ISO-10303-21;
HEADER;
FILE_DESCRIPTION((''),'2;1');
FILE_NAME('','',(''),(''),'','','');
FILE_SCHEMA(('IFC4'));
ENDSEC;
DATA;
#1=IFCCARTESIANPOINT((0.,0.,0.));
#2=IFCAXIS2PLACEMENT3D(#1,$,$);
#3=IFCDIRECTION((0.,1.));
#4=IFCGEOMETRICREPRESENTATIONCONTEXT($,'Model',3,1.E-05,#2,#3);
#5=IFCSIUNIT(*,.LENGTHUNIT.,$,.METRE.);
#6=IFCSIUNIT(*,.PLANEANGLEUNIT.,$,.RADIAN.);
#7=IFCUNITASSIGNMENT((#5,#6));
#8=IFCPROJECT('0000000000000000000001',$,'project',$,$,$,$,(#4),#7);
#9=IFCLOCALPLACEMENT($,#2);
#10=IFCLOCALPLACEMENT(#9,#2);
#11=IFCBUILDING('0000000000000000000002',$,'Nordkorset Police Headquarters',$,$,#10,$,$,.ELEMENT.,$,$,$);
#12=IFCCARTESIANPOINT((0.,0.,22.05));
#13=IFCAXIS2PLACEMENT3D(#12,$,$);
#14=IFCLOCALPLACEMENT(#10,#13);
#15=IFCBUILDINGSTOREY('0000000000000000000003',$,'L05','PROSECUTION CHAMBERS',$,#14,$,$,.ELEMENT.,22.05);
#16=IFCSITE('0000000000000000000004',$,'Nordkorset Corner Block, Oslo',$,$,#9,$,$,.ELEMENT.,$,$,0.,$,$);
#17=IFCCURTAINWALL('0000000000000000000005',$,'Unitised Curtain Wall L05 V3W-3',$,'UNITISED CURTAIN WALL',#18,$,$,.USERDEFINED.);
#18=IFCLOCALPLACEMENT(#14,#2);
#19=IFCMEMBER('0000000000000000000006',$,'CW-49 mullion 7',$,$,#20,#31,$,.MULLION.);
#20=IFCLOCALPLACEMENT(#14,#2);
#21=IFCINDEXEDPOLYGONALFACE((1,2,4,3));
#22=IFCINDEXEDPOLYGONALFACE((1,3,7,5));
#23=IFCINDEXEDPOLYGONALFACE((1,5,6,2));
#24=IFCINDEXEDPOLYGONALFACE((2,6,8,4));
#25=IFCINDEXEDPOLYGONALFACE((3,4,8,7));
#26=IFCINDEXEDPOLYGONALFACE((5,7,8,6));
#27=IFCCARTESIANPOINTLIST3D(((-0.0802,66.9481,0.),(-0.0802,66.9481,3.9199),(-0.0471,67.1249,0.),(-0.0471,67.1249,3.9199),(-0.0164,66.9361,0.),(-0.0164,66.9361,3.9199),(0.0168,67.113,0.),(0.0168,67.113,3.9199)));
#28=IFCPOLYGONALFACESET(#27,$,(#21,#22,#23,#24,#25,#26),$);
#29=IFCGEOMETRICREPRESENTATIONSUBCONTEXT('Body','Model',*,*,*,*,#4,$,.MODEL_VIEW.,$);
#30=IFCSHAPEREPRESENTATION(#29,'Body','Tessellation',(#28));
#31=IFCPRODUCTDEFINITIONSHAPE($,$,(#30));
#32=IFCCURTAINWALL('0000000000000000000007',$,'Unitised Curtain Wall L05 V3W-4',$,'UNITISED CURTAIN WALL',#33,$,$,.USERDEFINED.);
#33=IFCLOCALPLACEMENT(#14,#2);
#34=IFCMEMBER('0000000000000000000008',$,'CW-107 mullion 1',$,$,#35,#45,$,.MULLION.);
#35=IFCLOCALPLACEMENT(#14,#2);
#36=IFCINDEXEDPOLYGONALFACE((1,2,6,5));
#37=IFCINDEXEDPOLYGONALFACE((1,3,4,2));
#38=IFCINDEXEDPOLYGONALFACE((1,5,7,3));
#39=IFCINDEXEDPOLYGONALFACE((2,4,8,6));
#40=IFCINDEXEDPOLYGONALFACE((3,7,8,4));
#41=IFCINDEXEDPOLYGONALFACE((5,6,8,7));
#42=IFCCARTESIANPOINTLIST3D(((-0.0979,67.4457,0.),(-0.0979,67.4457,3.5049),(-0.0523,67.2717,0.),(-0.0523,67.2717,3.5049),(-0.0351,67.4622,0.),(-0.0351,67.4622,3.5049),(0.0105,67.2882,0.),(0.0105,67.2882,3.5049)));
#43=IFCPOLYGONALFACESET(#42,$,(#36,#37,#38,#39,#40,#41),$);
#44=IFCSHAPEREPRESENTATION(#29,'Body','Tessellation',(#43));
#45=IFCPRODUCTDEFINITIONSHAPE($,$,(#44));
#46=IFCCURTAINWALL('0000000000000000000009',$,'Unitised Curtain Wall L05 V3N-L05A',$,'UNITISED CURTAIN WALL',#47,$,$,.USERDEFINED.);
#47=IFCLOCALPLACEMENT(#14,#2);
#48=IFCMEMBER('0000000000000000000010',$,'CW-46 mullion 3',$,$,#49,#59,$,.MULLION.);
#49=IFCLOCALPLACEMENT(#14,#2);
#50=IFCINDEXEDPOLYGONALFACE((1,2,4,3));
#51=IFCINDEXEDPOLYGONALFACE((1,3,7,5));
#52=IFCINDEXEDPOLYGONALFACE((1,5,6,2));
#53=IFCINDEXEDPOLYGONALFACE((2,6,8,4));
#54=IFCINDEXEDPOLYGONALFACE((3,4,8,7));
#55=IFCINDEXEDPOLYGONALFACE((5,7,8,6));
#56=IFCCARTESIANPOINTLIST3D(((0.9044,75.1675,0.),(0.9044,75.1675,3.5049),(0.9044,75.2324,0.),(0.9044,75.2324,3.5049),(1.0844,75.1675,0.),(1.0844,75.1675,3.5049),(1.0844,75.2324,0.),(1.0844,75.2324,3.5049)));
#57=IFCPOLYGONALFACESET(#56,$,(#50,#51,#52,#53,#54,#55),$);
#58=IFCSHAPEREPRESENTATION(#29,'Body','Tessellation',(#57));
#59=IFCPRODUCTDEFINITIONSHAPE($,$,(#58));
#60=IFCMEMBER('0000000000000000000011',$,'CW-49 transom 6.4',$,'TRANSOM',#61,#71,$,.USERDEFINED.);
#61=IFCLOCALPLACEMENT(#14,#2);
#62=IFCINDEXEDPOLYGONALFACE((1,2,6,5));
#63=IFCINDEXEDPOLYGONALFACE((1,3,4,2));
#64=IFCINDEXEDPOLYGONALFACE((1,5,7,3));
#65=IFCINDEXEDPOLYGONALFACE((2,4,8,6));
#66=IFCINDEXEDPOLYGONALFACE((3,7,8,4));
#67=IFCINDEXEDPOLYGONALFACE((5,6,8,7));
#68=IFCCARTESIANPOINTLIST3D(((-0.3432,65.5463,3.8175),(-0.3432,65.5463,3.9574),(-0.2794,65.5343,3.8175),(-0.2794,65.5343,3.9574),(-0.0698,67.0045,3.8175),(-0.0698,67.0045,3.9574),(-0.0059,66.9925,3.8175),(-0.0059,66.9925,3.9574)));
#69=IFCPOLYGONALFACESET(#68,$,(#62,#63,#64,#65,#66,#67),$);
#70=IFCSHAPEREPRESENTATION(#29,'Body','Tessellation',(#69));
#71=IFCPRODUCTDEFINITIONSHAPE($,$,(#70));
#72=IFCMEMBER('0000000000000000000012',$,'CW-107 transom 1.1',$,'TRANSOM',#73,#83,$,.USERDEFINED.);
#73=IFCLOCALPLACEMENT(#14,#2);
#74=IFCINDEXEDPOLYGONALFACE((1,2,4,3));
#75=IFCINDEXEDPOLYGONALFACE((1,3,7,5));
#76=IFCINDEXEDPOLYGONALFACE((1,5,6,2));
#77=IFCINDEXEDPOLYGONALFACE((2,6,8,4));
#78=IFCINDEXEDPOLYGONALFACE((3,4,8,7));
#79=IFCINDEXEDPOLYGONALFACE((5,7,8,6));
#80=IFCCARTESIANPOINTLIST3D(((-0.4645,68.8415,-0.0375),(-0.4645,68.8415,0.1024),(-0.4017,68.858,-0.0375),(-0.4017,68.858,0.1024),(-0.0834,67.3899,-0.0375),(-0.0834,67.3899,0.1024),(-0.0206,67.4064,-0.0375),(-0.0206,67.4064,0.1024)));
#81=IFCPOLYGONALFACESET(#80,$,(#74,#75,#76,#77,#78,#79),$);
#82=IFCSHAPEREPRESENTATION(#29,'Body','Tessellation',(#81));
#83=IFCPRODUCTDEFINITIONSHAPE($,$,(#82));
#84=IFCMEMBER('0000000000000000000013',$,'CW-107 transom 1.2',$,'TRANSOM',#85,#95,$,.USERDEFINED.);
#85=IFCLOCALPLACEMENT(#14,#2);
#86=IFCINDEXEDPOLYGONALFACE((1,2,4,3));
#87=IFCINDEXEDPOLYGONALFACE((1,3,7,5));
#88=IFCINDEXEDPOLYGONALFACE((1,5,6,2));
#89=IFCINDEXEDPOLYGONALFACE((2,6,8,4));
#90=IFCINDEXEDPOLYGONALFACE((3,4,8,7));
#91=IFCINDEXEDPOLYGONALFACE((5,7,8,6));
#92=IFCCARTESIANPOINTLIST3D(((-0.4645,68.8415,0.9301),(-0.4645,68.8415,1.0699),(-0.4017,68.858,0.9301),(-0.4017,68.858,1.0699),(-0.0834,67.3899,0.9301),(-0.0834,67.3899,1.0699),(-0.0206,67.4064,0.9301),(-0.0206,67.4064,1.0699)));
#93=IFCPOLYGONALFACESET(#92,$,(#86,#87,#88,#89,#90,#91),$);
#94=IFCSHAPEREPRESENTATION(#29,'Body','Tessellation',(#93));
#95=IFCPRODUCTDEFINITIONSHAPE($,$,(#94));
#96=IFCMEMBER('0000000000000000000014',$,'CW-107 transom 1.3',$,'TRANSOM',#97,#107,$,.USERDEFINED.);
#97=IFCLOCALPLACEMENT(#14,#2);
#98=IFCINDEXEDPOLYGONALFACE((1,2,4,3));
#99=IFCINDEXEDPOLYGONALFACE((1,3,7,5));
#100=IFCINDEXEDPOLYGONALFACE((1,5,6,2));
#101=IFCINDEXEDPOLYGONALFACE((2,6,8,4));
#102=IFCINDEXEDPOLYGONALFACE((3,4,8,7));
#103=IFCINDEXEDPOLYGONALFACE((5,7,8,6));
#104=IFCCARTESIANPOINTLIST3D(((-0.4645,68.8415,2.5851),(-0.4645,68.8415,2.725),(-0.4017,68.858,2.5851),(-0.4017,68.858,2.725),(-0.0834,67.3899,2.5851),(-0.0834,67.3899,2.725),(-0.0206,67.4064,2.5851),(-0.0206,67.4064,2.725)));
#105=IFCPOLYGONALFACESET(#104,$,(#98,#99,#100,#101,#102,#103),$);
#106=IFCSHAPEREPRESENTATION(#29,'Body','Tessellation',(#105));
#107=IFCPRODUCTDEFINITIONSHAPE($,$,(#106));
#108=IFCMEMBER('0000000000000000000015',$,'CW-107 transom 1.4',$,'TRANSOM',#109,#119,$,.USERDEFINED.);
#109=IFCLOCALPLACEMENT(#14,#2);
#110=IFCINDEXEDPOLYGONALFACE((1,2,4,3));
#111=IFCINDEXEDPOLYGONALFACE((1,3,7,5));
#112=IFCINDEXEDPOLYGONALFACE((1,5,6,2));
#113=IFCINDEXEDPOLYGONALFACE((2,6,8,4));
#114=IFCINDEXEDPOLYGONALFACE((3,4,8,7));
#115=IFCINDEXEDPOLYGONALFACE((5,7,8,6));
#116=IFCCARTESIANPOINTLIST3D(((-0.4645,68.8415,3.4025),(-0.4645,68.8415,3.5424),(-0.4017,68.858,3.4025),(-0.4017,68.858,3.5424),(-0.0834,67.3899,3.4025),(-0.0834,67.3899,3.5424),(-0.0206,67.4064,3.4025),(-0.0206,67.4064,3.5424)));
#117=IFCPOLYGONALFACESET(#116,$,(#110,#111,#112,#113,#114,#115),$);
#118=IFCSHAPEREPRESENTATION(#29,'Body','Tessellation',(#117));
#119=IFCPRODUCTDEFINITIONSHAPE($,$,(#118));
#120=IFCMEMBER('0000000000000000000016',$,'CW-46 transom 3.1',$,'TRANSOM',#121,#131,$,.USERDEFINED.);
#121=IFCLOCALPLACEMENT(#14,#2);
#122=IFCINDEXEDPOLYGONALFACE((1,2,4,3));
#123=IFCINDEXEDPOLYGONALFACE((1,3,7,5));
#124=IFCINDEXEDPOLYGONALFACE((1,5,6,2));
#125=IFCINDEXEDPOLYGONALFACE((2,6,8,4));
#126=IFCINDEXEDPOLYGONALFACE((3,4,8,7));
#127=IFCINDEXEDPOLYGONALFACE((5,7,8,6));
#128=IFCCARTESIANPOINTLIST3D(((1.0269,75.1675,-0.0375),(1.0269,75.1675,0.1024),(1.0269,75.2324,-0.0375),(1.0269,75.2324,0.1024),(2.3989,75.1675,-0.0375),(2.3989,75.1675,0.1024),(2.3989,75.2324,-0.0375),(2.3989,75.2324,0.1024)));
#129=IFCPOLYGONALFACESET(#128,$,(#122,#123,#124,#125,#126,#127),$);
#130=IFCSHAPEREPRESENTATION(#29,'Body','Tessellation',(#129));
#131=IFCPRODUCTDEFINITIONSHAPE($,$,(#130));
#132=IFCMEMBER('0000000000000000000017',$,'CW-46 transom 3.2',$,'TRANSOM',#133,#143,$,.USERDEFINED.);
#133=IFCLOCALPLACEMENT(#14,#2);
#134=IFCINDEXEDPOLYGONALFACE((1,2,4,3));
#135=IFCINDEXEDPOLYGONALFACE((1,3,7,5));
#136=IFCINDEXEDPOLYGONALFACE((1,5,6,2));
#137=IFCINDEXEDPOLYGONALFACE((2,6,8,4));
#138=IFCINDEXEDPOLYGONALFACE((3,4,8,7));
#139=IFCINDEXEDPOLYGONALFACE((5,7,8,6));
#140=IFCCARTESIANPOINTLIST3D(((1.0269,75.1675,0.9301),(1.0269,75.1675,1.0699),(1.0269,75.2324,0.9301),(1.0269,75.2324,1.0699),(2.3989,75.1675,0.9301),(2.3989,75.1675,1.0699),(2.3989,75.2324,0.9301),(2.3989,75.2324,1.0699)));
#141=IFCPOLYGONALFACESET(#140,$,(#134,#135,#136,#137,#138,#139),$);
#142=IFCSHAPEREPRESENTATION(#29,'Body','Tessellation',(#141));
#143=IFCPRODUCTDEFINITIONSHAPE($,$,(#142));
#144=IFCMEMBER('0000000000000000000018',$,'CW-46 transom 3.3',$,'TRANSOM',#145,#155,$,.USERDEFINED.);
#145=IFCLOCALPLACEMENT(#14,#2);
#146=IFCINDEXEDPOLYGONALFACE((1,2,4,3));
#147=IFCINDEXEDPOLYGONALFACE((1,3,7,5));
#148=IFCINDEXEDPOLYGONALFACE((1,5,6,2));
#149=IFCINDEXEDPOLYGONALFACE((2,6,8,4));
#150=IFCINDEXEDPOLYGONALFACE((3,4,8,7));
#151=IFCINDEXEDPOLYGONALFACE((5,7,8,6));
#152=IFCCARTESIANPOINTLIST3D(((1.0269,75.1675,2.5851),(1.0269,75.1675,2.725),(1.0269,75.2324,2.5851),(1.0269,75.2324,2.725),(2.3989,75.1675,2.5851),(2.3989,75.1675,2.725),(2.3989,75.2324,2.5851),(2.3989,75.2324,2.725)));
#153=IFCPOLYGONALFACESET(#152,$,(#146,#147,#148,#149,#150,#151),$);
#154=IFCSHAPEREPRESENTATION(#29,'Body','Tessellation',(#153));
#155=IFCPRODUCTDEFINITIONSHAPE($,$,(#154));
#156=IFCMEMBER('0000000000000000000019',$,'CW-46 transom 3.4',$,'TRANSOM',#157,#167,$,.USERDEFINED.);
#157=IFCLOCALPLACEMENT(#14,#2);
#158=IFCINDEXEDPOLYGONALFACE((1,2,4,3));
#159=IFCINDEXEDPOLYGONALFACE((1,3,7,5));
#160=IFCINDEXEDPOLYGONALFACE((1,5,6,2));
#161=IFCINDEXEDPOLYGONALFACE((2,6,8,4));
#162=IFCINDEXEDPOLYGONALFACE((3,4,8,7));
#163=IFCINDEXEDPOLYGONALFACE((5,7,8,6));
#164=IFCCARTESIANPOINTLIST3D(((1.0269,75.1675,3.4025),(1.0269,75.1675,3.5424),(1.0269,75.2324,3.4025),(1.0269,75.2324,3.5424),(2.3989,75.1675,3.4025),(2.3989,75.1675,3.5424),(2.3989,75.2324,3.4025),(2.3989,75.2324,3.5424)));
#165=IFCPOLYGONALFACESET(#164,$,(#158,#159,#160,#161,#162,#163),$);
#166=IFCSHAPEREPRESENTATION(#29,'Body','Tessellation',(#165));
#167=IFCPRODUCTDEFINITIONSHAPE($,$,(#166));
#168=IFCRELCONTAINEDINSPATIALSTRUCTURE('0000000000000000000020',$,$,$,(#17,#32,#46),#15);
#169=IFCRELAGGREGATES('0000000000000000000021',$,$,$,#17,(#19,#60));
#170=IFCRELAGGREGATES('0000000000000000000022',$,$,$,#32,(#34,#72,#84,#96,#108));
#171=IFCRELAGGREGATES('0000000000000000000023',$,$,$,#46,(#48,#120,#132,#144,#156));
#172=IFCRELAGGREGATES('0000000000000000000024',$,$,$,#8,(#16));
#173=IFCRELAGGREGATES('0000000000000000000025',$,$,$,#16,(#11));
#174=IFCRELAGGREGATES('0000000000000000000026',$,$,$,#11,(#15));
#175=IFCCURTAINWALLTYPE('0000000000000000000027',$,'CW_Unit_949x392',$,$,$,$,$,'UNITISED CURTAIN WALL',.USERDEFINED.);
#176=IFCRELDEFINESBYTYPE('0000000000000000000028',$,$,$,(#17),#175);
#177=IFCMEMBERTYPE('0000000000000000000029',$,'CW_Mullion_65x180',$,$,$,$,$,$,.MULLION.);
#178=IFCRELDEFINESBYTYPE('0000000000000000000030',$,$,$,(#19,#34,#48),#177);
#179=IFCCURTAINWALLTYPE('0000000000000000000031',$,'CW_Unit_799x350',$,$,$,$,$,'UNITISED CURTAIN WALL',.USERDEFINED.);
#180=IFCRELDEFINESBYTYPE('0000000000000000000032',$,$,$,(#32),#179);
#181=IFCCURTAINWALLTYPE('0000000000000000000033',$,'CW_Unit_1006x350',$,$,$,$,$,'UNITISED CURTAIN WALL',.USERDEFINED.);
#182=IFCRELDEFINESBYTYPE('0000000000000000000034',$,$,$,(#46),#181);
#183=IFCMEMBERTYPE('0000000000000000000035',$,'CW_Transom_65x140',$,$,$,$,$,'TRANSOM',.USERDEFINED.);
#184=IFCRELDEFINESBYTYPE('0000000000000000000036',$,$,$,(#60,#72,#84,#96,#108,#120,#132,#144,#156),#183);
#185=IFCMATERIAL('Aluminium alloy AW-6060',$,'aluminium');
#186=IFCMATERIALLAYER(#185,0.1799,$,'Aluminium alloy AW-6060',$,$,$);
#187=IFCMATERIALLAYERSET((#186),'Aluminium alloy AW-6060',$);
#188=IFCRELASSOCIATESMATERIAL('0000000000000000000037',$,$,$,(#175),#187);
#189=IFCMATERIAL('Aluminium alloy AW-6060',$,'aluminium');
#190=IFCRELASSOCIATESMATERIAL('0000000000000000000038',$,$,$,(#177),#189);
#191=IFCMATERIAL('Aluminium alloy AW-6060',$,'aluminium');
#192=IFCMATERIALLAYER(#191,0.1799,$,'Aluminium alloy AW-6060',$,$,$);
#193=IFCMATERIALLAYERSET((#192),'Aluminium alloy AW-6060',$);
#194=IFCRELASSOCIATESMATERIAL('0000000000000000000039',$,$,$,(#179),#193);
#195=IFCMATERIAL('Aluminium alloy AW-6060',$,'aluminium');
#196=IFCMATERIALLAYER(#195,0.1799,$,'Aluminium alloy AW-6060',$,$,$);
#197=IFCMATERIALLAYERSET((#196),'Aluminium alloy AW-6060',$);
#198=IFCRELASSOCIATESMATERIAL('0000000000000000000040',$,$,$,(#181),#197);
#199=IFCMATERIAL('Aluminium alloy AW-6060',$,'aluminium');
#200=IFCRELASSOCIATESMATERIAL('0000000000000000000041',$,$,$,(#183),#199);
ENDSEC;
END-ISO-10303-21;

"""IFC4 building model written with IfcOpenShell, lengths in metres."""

from ifc_helpers import new_model, si_unit, direction, frame, origin, origin_2d, place, context, subcontext, project, spatial, rectangle, extrude, material, layer, layer_set, material_profile, profile_set, type_object, element, aggregate, save


model = new_model("IFC4")

# Units and contexts
model_context = context("Model", 3, precision=1e-05, world=origin(), true_north=direction((0.0, 1.0)))
body_context = subcontext(model_context, "Body", "Model", "MODEL_VIEW")
ifc_project = project(units=[si_unit("LENGTHUNIT", "METRE"), si_unit("PLANEANGLEUNIT", "RADIAN")], contexts=[model_context])

# Site, building, storey
site_placement = place(None, origin())
site = spatial("IfcSite", under=ifc_project, at=site_placement, Name="Nordkorset Corner Block, Oslo", CompositionType="ELEMENT", RefElevation=0.0)
building_placement = place(site_placement, origin())
building = spatial("IfcBuilding", under=site, at=building_placement, Name="Nordkorset Police Headquarters", CompositionType="ELEMENT")
storey_placement = place(building_placement, frame((0.0, 0.0, 22.05)))
storey = spatial("IfcBuildingStorey", under=building, at=storey_placement, Name="L05", Description="PROSECUTION CHAMBERS", CompositionType="ELEMENT", Elevation=22.05)

# Curtain walls, members
ifc_material_1 = material(Name="Aluminium alloy AW-6060", Category="aluminium")
ifc_layer_1 = layer(ifc_material_1, 0.1799, Name="Aluminium alloy AW-6060")
ifc_layer_set_1 = layer_set([ifc_layer_1], Name="Aluminium alloy AW-6060")
curtain_wall_type_1 = type_object("IfcCurtainWallType", Name="CW_Unit_949x392", ElementType="UNITISED CURTAIN WALL", PredefinedType="USERDEFINED", material=ifc_layer_set_1)
curtain_wall_1_placement = place(storey_placement, origin())
curtain_wall_1 = element("IfcCurtainWall", 1, at=curtain_wall_1_placement, inside=storey, type_object=curtain_wall_type_1, Name="Unitised Curtain Wall L05 V3W-3", ObjectType="UNITISED CURTAIN WALL", PredefinedType="USERDEFINED")
ifc_material_2 = material(Name="Aluminium alloy AW-6060", Category="aluminium")
ifc_material_profile_1 = material_profile(ifc_material_2, rectangle(XDim=0.0649, YDim=0.1799, at=origin_2d()), Name="ALU MULL 65x180")
ifc_profile_set_1 = profile_set([ifc_material_profile_1], Name="Aluminium alloy AW-6060")
member_type_1 = type_object("IfcMemberType", Name="CW_Mullion_65x180", PredefinedType="MULLION", material=ifc_profile_set_1)
member_1_placement = place(storey_placement, frame((-0.0317, 67.0305, 0.0), z_axis=(0.0, 0.0, 1.0), x_axis=(-0.982872, 0.184289, 0.0)))
member_1 = element("IfcMember", 2, at=member_1_placement, type_object=member_type_1, Name="CW-49 mullion 7", PredefinedType="MULLION", context=body_context, shape_type="SweptSolid", body=[
    extrude(rectangle(XDim=0.0649, YDim=0.1799, at=origin_2d()), origin(), (0.0, 0.0, 1.0), 3.9199),
])
ifc_material_3 = material(Name="Aluminium alloy AW-6060", Category="aluminium")
ifc_layer_2 = layer(ifc_material_3, 0.1799, Name="Aluminium alloy AW-6060")
ifc_layer_set_2 = layer_set([ifc_layer_2], Name="Aluminium alloy AW-6060")
curtain_wall_type_2 = type_object("IfcCurtainWallType", Name="CW_Unit_799x350", ElementType="UNITISED CURTAIN WALL", PredefinedType="USERDEFINED", material=ifc_layer_set_2)
curtain_wall_2_placement = place(storey_placement, origin())
curtain_wall_2 = element("IfcCurtainWall", 3, at=curtain_wall_2_placement, inside=storey, type_object=curtain_wall_type_2, Name="Unitised Curtain Wall L05 V3W-4", ObjectType="UNITISED CURTAIN WALL", PredefinedType="USERDEFINED")
member_2_placement = place(storey_placement, frame((-0.0437, 67.3669, 0.0), z_axis=(0.0, 0.0, 1.0), x_axis=(-0.967231, -0.253897, 0.0)))
member_2 = element("IfcMember", 4, at=member_2_placement, type_object=member_type_1, Name="CW-107 mullion 1", PredefinedType="MULLION", context=body_context, shape_type="SweptSolid", body=[
    extrude(rectangle(XDim=0.0649, YDim=0.1799, at=origin_2d()), origin(), (0.0, 0.0, 1.0), 3.5049),
])
ifc_material_4 = material(Name="Aluminium alloy AW-6060", Category="aluminium")
ifc_layer_3 = layer(ifc_material_4, 0.1799, Name="Aluminium alloy AW-6060")
ifc_layer_set_3 = layer_set([ifc_layer_3], Name="Aluminium alloy AW-6060")
curtain_wall_type_3 = type_object("IfcCurtainWallType", Name="CW_Unit_1006x350", ElementType="UNITISED CURTAIN WALL", PredefinedType="USERDEFINED", material=ifc_layer_set_3)
curtain_wall_3_placement = place(storey_placement, origin())
curtain_wall_3 = element("IfcCurtainWall", 5, at=curtain_wall_3_placement, inside=storey, type_object=curtain_wall_type_3, Name="Unitised Curtain Wall L05 V3N-L05A", ObjectType="UNITISED CURTAIN WALL", PredefinedType="USERDEFINED")
member_3_placement = place(storey_placement, frame((0.9944, 75.2, 0.0), z_axis=(0.0, 0.0, 1.0), x_axis=(0.0, 1.0, 0.0)))
member_3 = element("IfcMember", 6, at=member_3_placement, type_object=member_type_1, Name="CW-46 mullion 3", PredefinedType="MULLION", context=body_context, shape_type="SweptSolid", body=[
    extrude(rectangle(XDim=0.0649, YDim=0.1799, at=origin_2d()), origin(), (0.0, 0.0, 1.0), 3.5049),
])

# Members
ifc_material_5 = material(Name="Aluminium alloy AW-6060", Category="aluminium")
ifc_material_profile_2 = material_profile(ifc_material_5, rectangle(XDim=0.0649, YDim=0.1399, at=origin_2d()), Name="ALU TRAN 65x140")
ifc_profile_set_2 = profile_set([ifc_material_profile_2], Name="Aluminium alloy AW-6060")
member_type_2 = type_object("IfcMemberType", Name="CW_Transom_65x140", ElementType="TRANSOM", PredefinedType="USERDEFINED", material=ifc_profile_set_2)
member_4_placement = place(storey_placement, frame((-0.3113, 65.5403, 3.8875), z_axis=(0.184298, 0.98287, 0.0), x_axis=(-0.98287, 0.184298, 0.0)))
member_4 = element("IfcMember", 7, at=member_4_placement, type_object=member_type_2, Name="CW-49 transom 6.4", ObjectType="TRANSOM", PredefinedType="USERDEFINED", context=body_context, shape_type="SweptSolid", body=[
    extrude(rectangle(XDim=0.0649, YDim=0.1399, at=origin_2d()), origin(), (0.0, 0.0, 1.0), 1.4836),
])
member_5_placement = place(storey_placement, frame((-0.052, 67.3982, 0.0325), z_axis=(-0.253925, 0.967224, 0.0), x_axis=(-0.967224, -0.253925, 0.0)))
member_5 = element("IfcMember", 8, at=member_5_placement, type_object=member_type_2, Name="CW-107 transom 1.1", ObjectType="TRANSOM", PredefinedType="USERDEFINED", context=body_context, shape_type="SweptSolid", body=[
    extrude(rectangle(XDim=0.0649, YDim=0.1399, at=origin_2d()), origin(), (0.0, 0.0, 1.0), 1.5007),
])
member_6_placement = place(storey_placement, frame((-0.052, 67.3982, 1.0), z_axis=(-0.253925, 0.967224, 0.0), x_axis=(-0.967224, -0.253925, 0.0)))
member_6 = element("IfcMember", 9, at=member_6_placement, type_object=member_type_2, Name="CW-107 transom 1.2", ObjectType="TRANSOM", PredefinedType="USERDEFINED", context=body_context, shape_type="SweptSolid", body=[
    extrude(rectangle(XDim=0.0649, YDim=0.1399, at=origin_2d()), origin(), (0.0, 0.0, 1.0), 1.5007),
])
member_7_placement = place(storey_placement, frame((-0.052, 67.3982, 2.655), z_axis=(-0.253925, 0.967224, 0.0), x_axis=(-0.967224, -0.253925, 0.0)))
member_7 = element("IfcMember", 10, at=member_7_placement, type_object=member_type_2, Name="CW-107 transom 1.3", ObjectType="TRANSOM", PredefinedType="USERDEFINED", context=body_context, shape_type="SweptSolid", body=[
    extrude(rectangle(XDim=0.0649, YDim=0.1399, at=origin_2d()), origin(), (0.0, 0.0, 1.0), 1.5007),
])
member_8_placement = place(storey_placement, frame((-0.052, 67.3982, 3.4724), z_axis=(-0.253925, 0.967224, 0.0), x_axis=(-0.967224, -0.253925, 0.0)))
member_8 = element("IfcMember", 11, at=member_8_placement, type_object=member_type_2, Name="CW-107 transom 1.4", ObjectType="TRANSOM", PredefinedType="USERDEFINED", context=body_context, shape_type="SweptSolid", body=[
    extrude(rectangle(XDim=0.0649, YDim=0.1399, at=origin_2d()), origin(), (0.0, 0.0, 1.0), 1.5007),
])
member_9_placement = place(storey_placement, frame((1.0269, 75.2, 0.0325), z_axis=(1.0, 0.0, 0.0), x_axis=(0.0, 1.0, 0.0)))
member_9 = element("IfcMember", 12, at=member_9_placement, type_object=member_type_2, Name="CW-46 transom 3.1", ObjectType="TRANSOM", PredefinedType="USERDEFINED", context=body_context, shape_type="SweptSolid", body=[
    extrude(rectangle(XDim=0.0649, YDim=0.1399, at=origin_2d()), origin(), (0.0, 0.0, 1.0), 1.3721),
])
member_10_placement = place(storey_placement, frame((1.0269, 75.2, 1.0), z_axis=(1.0, 0.0, 0.0), x_axis=(0.0, 1.0, 0.0)))
member_10 = element("IfcMember", 13, at=member_10_placement, type_object=member_type_2, Name="CW-46 transom 3.2", ObjectType="TRANSOM", PredefinedType="USERDEFINED", context=body_context, shape_type="SweptSolid", body=[
    extrude(rectangle(XDim=0.0649, YDim=0.1399, at=origin_2d()), origin(), (0.0, 0.0, 1.0), 1.3721),
])
member_11_placement = place(storey_placement, frame((1.0269, 75.2, 2.655), z_axis=(1.0, 0.0, 0.0), x_axis=(0.0, 1.0, 0.0)))
member_11 = element("IfcMember", 14, at=member_11_placement, type_object=member_type_2, Name="CW-46 transom 3.3", ObjectType="TRANSOM", PredefinedType="USERDEFINED", context=body_context, shape_type="SweptSolid", body=[
    extrude(rectangle(XDim=0.0649, YDim=0.1399, at=origin_2d()), origin(), (0.0, 0.0, 1.0), 1.3721),
])
member_12_placement = place(storey_placement, frame((1.0269, 75.2, 3.4724), z_axis=(1.0, 0.0, 0.0), x_axis=(0.0, 1.0, 0.0)))
member_12 = element("IfcMember", 15, at=member_12_placement, type_object=member_type_2, Name="CW-46 transom 3.4", ObjectType="TRANSOM", PredefinedType="USERDEFINED", context=body_context, shape_type="SweptSolid", body=[
    extrude(rectangle(XDim=0.0649, YDim=0.1399, at=origin_2d()), origin(), (0.0, 0.0, 1.0), 1.3721),
])

aggregate(curtain_wall_1, [member_1, member_4])
aggregate(curtain_wall_2, [member_2, member_5, member_6, member_7, member_8])
aggregate(curtain_wall_3, [member_3, member_9, member_10, member_11, member_12])

save(model, "model.ifc")
